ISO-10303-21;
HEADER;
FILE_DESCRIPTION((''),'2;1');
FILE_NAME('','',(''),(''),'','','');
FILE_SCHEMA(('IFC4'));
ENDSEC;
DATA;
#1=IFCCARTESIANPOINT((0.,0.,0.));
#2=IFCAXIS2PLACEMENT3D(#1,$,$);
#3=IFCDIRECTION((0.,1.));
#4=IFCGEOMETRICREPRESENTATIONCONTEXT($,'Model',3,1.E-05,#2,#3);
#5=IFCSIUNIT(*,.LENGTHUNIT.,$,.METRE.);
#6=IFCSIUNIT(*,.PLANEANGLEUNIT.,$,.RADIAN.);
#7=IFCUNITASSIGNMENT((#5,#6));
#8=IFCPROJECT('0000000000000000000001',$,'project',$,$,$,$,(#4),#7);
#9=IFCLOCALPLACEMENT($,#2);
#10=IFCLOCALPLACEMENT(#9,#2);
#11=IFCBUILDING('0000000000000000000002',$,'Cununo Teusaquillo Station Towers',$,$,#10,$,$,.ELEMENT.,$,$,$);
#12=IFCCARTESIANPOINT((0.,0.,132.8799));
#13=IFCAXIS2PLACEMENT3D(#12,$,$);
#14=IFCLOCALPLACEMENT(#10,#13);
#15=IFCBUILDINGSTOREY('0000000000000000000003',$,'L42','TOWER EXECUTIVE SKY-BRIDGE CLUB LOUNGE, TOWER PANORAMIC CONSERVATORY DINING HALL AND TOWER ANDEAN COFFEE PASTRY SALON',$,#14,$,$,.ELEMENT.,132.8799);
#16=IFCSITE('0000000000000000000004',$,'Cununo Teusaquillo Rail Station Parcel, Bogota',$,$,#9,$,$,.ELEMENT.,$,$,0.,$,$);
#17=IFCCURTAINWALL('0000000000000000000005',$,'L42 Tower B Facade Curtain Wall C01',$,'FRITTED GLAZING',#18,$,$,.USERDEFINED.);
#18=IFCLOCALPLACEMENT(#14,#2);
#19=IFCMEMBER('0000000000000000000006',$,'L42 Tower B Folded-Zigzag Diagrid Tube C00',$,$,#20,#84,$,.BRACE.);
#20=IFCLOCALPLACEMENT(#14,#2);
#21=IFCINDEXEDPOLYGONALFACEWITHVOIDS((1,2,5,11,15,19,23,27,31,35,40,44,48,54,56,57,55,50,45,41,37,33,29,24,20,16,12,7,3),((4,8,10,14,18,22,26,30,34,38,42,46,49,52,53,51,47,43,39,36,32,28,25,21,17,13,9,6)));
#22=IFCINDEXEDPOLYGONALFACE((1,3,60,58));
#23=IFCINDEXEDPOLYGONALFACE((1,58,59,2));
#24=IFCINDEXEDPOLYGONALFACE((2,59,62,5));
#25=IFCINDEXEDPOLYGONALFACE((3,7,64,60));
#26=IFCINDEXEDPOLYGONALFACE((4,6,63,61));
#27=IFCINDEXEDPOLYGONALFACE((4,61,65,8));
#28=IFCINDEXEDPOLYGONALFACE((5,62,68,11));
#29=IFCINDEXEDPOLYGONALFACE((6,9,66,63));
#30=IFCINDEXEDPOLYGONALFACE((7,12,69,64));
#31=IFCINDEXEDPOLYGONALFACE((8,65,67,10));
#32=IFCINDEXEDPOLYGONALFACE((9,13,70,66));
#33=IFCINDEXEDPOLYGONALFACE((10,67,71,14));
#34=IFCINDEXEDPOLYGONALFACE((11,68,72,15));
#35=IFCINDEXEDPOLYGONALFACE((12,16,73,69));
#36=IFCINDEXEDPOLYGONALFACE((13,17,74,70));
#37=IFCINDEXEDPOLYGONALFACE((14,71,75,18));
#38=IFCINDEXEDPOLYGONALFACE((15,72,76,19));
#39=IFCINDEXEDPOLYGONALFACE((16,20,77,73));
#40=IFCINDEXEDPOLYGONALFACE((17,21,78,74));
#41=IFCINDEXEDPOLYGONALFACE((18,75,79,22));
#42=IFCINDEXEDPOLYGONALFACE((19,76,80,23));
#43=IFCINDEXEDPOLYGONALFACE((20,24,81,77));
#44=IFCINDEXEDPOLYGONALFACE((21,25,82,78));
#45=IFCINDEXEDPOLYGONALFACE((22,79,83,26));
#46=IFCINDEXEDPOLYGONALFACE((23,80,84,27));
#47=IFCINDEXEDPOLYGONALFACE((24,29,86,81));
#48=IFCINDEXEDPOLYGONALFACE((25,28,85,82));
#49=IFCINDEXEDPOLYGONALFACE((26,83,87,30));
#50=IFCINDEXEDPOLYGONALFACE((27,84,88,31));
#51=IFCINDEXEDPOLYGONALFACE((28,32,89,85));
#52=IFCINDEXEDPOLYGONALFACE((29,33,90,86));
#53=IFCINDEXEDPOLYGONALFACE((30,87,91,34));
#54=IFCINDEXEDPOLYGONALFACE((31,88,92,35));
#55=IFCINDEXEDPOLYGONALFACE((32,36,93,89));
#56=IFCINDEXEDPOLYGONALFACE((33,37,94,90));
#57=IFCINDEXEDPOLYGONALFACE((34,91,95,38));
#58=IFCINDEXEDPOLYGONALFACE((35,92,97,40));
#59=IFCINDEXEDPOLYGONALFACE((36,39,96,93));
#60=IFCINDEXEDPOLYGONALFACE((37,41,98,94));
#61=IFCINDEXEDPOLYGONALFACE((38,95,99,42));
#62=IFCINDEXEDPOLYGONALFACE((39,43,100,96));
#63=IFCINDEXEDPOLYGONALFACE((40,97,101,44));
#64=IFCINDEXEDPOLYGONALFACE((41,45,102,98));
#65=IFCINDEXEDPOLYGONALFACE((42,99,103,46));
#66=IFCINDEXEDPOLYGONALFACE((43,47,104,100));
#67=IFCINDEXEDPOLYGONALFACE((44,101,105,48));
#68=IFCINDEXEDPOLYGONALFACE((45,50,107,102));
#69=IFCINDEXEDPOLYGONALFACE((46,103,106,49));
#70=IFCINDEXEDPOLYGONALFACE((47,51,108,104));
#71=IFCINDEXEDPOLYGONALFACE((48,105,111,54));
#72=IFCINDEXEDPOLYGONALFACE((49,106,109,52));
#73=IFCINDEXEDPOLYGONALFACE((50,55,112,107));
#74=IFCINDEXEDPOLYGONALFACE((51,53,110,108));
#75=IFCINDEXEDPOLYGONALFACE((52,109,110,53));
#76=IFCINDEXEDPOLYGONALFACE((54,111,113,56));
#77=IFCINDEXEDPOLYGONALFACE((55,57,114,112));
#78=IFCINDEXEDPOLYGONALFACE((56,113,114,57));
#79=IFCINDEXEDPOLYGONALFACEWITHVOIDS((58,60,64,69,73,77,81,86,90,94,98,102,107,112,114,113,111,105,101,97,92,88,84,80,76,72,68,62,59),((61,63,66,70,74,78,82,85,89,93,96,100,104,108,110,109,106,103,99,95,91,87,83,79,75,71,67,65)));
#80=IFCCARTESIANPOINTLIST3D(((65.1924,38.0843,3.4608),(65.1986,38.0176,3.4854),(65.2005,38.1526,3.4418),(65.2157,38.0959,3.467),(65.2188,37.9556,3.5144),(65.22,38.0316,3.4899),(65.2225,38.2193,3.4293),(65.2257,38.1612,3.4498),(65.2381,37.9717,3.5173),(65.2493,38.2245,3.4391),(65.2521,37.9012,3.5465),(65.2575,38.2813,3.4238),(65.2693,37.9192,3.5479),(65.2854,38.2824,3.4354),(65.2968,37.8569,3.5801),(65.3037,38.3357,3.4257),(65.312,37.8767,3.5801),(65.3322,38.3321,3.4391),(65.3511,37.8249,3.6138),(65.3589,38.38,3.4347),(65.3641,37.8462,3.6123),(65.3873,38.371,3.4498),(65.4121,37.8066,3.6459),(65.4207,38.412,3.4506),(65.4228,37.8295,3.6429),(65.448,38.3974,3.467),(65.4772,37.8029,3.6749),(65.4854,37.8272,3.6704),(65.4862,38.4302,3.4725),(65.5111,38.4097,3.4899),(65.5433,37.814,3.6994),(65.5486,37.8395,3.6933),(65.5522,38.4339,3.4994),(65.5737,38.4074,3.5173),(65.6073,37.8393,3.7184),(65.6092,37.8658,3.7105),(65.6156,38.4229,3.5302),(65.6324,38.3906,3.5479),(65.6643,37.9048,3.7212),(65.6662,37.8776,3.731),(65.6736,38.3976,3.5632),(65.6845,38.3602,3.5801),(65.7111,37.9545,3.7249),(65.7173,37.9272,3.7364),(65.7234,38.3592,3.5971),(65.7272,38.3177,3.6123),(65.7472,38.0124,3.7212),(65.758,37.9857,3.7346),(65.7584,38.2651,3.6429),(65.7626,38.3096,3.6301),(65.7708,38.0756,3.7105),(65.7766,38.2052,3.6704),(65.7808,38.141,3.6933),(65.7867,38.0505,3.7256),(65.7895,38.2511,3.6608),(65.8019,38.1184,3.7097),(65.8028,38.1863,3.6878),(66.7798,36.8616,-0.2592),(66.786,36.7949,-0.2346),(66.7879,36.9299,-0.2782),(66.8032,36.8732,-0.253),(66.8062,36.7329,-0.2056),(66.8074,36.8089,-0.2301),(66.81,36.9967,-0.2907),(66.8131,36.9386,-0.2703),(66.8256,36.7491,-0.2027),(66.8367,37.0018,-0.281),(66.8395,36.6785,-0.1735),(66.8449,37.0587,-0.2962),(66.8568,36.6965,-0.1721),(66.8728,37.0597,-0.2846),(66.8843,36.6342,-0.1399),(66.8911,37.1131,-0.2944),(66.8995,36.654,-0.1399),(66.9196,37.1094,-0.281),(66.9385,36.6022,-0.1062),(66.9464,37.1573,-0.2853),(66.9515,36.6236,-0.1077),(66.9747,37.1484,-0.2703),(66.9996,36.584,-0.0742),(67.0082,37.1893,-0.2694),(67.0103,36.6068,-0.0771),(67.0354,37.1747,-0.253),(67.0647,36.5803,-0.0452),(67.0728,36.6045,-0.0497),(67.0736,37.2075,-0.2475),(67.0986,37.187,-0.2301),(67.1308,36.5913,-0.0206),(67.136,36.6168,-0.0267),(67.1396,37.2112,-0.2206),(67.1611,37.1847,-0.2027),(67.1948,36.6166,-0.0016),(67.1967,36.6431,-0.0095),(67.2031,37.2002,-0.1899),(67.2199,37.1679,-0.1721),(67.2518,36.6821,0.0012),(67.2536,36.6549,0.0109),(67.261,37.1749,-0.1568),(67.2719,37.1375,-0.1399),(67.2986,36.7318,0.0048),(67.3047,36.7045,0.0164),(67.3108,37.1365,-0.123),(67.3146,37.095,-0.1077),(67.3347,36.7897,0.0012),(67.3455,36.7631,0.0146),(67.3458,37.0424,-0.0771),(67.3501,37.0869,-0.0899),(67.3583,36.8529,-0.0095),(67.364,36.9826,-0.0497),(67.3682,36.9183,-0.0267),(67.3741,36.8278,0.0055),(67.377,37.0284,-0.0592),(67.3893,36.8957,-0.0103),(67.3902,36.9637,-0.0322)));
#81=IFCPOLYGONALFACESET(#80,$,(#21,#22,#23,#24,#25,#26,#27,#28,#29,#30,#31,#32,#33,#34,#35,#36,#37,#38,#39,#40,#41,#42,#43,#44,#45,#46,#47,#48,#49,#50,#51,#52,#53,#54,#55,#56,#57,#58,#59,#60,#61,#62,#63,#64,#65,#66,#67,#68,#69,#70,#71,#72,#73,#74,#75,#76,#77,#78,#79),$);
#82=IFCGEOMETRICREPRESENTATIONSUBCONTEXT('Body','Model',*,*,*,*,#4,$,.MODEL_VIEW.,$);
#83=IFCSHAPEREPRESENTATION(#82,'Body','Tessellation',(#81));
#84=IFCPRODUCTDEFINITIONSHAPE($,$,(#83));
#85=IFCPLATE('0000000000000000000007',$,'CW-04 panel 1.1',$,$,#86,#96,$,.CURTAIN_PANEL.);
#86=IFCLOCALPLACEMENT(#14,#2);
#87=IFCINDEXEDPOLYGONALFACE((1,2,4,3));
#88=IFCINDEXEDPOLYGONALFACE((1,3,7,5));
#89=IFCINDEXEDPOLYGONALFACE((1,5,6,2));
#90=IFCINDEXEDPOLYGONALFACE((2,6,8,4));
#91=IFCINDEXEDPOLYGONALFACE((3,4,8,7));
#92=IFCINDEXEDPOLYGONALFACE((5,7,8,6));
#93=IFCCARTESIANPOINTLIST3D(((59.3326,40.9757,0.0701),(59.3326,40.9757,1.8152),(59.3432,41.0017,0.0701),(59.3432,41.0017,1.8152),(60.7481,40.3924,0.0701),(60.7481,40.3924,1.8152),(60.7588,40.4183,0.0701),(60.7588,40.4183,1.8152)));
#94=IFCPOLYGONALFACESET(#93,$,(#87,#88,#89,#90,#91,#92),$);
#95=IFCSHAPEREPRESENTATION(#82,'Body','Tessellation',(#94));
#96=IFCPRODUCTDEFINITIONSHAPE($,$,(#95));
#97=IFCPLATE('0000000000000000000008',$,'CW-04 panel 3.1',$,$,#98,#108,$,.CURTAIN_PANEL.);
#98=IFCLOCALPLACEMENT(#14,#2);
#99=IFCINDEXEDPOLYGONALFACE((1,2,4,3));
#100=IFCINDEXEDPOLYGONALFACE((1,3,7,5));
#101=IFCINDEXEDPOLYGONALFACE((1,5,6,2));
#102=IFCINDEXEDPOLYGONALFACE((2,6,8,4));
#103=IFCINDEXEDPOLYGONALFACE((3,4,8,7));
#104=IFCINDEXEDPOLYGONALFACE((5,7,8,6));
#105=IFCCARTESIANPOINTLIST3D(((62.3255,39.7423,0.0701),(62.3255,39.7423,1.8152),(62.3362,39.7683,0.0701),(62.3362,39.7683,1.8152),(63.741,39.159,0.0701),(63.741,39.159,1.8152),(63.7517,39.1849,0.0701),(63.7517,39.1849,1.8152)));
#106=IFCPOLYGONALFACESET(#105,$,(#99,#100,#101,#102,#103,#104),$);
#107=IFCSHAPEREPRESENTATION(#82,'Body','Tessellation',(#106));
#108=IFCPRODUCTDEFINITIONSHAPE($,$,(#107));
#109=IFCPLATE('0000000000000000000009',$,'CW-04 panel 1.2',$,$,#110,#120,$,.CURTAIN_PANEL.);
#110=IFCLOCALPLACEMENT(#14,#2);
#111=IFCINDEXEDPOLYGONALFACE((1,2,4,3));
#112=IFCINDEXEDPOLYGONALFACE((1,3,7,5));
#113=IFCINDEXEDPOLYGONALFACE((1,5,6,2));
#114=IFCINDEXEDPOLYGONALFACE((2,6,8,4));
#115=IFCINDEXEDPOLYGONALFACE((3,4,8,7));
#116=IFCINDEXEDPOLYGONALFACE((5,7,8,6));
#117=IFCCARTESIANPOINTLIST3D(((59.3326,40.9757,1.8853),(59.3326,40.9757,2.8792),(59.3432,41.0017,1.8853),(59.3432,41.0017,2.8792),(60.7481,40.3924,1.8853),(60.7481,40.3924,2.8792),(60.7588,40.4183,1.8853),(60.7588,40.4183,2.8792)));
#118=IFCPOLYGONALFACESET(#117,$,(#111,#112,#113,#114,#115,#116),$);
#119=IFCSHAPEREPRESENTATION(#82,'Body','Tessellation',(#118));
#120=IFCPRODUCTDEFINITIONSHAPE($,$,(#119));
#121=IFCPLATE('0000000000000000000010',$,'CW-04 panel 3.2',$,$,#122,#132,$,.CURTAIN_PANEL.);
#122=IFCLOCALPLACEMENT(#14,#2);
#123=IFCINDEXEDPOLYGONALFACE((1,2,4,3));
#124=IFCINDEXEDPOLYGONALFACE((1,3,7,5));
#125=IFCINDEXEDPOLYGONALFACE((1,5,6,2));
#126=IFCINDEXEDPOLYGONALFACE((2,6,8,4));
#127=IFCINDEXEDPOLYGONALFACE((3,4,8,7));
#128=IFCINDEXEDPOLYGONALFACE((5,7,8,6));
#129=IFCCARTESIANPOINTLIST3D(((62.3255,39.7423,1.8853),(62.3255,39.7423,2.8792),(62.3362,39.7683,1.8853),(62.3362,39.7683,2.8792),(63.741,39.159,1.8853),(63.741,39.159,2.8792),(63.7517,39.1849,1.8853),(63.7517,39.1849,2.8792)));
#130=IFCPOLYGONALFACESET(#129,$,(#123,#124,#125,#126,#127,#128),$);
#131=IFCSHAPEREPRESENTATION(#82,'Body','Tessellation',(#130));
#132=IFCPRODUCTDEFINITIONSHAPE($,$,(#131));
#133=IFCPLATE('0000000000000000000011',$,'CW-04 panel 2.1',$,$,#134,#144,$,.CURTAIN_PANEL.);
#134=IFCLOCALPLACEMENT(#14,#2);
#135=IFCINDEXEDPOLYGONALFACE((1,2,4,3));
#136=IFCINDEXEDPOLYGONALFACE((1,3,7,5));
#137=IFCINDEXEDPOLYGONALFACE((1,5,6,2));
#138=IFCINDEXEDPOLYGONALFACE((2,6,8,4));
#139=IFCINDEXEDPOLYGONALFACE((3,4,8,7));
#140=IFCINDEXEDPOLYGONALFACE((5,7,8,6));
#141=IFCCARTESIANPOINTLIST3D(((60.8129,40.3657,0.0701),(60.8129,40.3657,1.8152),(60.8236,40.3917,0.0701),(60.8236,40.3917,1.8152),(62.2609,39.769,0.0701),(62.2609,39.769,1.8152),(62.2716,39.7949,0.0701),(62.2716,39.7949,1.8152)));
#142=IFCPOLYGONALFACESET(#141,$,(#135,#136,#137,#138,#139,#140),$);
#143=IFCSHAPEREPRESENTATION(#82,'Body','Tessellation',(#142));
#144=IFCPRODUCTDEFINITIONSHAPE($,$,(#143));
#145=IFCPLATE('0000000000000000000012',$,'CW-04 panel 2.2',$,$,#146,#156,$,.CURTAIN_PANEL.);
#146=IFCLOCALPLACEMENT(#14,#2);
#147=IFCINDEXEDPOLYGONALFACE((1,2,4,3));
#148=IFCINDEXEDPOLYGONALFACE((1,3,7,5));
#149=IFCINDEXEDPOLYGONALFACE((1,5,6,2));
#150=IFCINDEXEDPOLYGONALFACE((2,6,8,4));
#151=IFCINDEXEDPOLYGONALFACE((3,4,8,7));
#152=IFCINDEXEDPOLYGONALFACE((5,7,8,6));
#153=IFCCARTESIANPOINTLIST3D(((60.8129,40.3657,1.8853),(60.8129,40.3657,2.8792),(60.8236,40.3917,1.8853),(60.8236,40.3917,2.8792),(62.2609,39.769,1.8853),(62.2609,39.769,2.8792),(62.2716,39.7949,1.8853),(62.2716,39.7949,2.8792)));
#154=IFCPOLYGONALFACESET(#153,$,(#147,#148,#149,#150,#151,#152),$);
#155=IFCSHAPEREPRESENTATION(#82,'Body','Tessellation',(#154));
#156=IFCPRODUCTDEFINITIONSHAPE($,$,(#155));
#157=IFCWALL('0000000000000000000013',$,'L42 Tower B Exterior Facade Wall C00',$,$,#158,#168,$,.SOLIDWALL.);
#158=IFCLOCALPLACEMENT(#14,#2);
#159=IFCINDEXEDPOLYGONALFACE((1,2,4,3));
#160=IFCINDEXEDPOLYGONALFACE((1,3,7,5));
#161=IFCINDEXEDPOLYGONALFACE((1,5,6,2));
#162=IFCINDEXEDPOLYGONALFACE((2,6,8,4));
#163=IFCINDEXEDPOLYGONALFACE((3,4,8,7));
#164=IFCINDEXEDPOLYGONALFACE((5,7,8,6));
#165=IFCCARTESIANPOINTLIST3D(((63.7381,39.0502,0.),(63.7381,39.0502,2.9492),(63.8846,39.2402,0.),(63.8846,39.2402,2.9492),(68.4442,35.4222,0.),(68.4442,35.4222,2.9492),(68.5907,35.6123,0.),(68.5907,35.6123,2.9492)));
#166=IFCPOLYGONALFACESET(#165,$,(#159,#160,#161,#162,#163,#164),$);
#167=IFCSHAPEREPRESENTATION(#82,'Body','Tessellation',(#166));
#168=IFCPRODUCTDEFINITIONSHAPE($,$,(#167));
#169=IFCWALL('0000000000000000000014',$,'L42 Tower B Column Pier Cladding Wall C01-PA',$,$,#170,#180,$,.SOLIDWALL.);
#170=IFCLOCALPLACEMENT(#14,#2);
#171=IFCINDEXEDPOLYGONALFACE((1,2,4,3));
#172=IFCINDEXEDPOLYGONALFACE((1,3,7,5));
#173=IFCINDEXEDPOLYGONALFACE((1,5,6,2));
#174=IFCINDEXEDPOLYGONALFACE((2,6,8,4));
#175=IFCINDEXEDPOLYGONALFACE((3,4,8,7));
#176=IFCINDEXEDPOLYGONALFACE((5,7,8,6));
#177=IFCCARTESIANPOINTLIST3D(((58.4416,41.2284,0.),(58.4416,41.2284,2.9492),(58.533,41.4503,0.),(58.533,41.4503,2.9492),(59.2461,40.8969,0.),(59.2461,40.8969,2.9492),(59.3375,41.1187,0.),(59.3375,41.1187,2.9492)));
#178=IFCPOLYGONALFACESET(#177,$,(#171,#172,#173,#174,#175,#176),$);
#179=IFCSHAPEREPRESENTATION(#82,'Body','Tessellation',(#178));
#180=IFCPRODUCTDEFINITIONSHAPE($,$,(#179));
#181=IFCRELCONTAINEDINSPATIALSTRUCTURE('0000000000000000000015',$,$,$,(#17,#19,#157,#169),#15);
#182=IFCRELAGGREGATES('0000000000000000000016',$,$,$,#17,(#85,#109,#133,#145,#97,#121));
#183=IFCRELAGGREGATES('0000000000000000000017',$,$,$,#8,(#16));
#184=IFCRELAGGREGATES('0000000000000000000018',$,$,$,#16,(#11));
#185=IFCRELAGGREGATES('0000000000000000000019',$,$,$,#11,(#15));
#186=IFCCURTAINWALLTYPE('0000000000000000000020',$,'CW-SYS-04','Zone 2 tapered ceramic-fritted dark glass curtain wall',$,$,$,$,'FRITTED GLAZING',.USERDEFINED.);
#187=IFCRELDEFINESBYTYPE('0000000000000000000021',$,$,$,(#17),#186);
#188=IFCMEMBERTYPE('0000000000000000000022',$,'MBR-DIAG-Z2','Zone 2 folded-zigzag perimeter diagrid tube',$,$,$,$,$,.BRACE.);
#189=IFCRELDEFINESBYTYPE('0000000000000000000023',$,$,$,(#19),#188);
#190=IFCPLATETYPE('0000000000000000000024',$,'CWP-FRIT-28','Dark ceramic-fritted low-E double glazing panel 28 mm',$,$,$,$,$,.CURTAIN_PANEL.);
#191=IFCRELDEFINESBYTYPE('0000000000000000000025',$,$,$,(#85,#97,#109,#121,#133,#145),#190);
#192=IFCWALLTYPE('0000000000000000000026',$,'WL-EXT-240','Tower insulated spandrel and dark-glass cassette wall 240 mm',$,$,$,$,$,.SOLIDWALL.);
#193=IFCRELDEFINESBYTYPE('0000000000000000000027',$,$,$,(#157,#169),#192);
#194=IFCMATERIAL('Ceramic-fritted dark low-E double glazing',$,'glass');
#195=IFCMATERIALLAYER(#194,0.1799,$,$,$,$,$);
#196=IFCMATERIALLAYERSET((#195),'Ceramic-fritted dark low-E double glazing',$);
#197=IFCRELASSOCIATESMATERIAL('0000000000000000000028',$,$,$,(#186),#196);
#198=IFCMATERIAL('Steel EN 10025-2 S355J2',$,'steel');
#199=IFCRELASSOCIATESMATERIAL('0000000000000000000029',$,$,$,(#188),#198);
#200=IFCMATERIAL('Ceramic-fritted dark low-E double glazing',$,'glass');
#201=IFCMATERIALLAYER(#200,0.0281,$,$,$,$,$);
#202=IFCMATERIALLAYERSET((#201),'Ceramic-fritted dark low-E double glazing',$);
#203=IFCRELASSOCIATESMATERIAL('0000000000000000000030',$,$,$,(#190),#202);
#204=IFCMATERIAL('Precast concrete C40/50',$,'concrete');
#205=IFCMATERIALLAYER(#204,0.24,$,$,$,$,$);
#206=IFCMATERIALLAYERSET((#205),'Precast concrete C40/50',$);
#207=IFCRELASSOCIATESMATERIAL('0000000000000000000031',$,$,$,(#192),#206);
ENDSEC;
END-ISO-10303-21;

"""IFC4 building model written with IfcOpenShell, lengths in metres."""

from ifc_helpers import new_model, si_unit, direction, frame, frame_2d, origin, origin_2d, place, context, subcontext, project, spatial, rectangle, hollow_circle, extrude, source, transform, mapped, material, layer, layer_set, material_profile, profile_set, type_object, element, aggregate, save


model = new_model("IFC4")

# Units and contexts
model_context = context("Model", 3, precision=1e-05, world=origin(), true_north=direction((0.0, 1.0)))
body_context = subcontext(model_context, "Body", "Model", "MODEL_VIEW")
ifc_project = project(units=[si_unit("LENGTHUNIT", "METRE"), si_unit("PLANEANGLEUNIT", "RADIAN")], contexts=[model_context])

# Site, building, storey
site_placement = place(None, origin())
site = spatial("IfcSite", under=ifc_project, at=site_placement, Name="Cununo Teusaquillo Rail Station Parcel, Bogota", CompositionType="ELEMENT", RefElevation=0.0)
building_placement = place(site_placement, origin())
building = spatial("IfcBuilding", under=site, at=building_placement, Name="Cununo Teusaquillo Station Towers", CompositionType="ELEMENT")
storey_placement = place(building_placement, frame((0.0, 0.0, 132.8799)))
storey = spatial("IfcBuildingStorey", under=building, at=storey_placement, Name="L42", Description="TOWER EXECUTIVE SKY-BRIDGE CLUB LOUNGE, TOWER PANORAMIC CONSERVATORY DINING HALL AND TOWER ANDEAN COFFEE PASTRY SALON", CompositionType="ELEMENT", Elevation=132.8799)

# Curtain wall
ifc_material_1 = material(Name="Ceramic-fritted dark low-E double glazing", Category="glass")
ifc_layer_1 = layer(ifc_material_1, 0.1799)
ifc_layer_set_1 = layer_set([ifc_layer_1], Name="Ceramic-fritted dark low-E double glazing")
curtain_wall_type = type_object("IfcCurtainWallType", Name="CW-SYS-04", Description="Zone 2 tapered ceramic-fritted dark glass curtain wall", ElementType="FRITTED GLAZING", PredefinedType="USERDEFINED", material=ifc_layer_set_1)
curtain_wall_placement = place(storey_placement, origin())
curtain_wall = element("IfcCurtainWall", 1, at=curtain_wall_placement, inside=storey, type_object=curtain_wall_type, Name="L42 Tower B Facade Curtain Wall C01", ObjectType="FRITTED GLAZING", PredefinedType="USERDEFINED")

# Member
ifc_material_2 = material(Name="Steel EN 10025-2 S355J2", Category="steel")
ifc_material_profile_1 = material_profile(ifc_material_2, hollow_circle(Radius=0.3301, WallThickness=0.0249, at=origin_2d()), Name="CHS 660x25")
ifc_profile_set_1 = profile_set([ifc_material_profile_1], Name="Steel EN 10025-2 S355J2")
member_type_1 = type_object("IfcMemberType", Name="MBR-DIAG-Z2", Description="Zone 2 folded-zigzag perimeter diagrid tube", PredefinedType="BRACE", material=ifc_profile_set_1)
member_1_placement = place(storey_placement, frame((67.0857, 36.8958, -0.1399), z_axis=(-0.375692, 0.289368, 0.88041), x_axis=(-0.610205, -0.792243, 0.0)))
element("IfcMember", 2, at=member_1_placement, inside=storey, type_object=member_type_1, Name="L42 Tower B Folded-Zigzag Diagrid Tube C00", PredefinedType="BRACE", context=body_context, shape_type="SweptSolid", body=[
    extrude(hollow_circle(Radius=0.3301, WallThickness=0.0249, at=origin_2d()), origin(), (0.0, 0.0, 1.0), 4.2253),
])

# Plates
ifc_material_3 = material(Name="Ceramic-fritted dark low-E double glazing", Category="glass")
ifc_layer_2 = layer(ifc_material_3, 0.0281)
ifc_layer_set_2 = layer_set([ifc_layer_2], Name="Ceramic-fritted dark low-E double glazing")
plate_type = type_object("IfcPlateType", Name="CWP-FRIT-28", Description="Dark ceramic-fritted low-E double glazing panel 28 mm", PredefinedType="CURTAIN_PANEL", material=ifc_layer_set_2)
shared_shape_1 = source(origin(), body_context, "Body", "SweptSolid", [
    extrude(rectangle(XDim=1.531, YDim=0.0281, at=origin_2d()), origin(), (0.0, 0.0, 1.0), 1.7451),
])
plate_1_placement = place(storey_placement, frame((60.0457, 40.697, 0.0701), z_axis=(0.0, 0.0, 1.0), x_axis=(0.924562, -0.381031, 0.0)))
plate_1 = element("IfcPlate", 3, at=plate_1_placement, type_object=plate_type, Name="CW-04 panel 1.1", PredefinedType="CURTAIN_PANEL", context=body_context, shape_type="MappedRepresentation", body=[
    mapped(shared_shape_1, transform((0.0, 0.0, 0.0), x_axis=(1.0, 0.0, 0.0), y_axis=(0.0, 1.0, 0.0), z_axis=(0.0, 0.0, 1.0), scale=1.0)),
])
plate_2_placement = place(storey_placement, frame((63.0386, 39.4636, 0.0701), z_axis=(0.0, 0.0, 1.0), x_axis=(0.924562, -0.381031, 0.0)))
plate_2 = element("IfcPlate", 4, at=plate_2_placement, type_object=plate_type, Name="CW-04 panel 3.1", PredefinedType="CURTAIN_PANEL", context=body_context, shape_type="MappedRepresentation", body=[
    mapped(shared_shape_1, transform((0.0, 0.0, 0.0), x_axis=(1.0, 0.0, 0.0), y_axis=(0.0, 1.0, 0.0), z_axis=(0.0, 0.0, 1.0), scale=1.0)),
])
shared_shape_2 = source(origin(), body_context, "Body", "SweptSolid", [
    extrude(rectangle(XDim=1.531, YDim=0.0281, at=origin_2d()), origin(), (0.0, 0.0, 1.0), 0.9939),
])
plate_3_placement = place(storey_placement, frame((60.0457, 40.697, 1.8853), z_axis=(0.0, 0.0, 1.0), x_axis=(0.924562, -0.381031, 0.0)))
plate_3 = element("IfcPlate", 5, at=plate_3_placement, type_object=plate_type, Name="CW-04 panel 1.2", PredefinedType="CURTAIN_PANEL", context=body_context, shape_type="MappedRepresentation", body=[
    mapped(shared_shape_2, transform((0.0, 0.0, 0.0), x_axis=(1.0, 0.0, 0.0), y_axis=(0.0, 1.0, 0.0), z_axis=(0.0, 0.0, 1.0), scale=1.0)),
])
plate_4_placement = place(storey_placement, frame((63.0386, 39.4636, 1.8853), z_axis=(0.0, 0.0, 1.0), x_axis=(0.924562, -0.381031, 0.0)))
plate_4 = element("IfcPlate", 6, at=plate_4_placement, type_object=plate_type, Name="CW-04 panel 3.2", PredefinedType="CURTAIN_PANEL", context=body_context, shape_type="MappedRepresentation", body=[
    mapped(shared_shape_2, transform((0.0, 0.0, 0.0), x_axis=(1.0, 0.0, 0.0), y_axis=(0.0, 1.0, 0.0), z_axis=(0.0, 0.0, 1.0), scale=1.0)),
])
shared_shape_3 = source(origin(), body_context, "Body", "SweptSolid", [
    extrude(rectangle(XDim=1.5662, YDim=0.0281, at=origin_2d()), origin(), (0.0, 0.0, 1.0), 1.7451),
])
plate_5_placement = place(storey_placement, frame((61.5422, 40.0803, 0.0701), z_axis=(0.0, 0.0, 1.0), x_axis=(0.924562, -0.381031, 0.0)))
plate_5 = element("IfcPlate", 7, at=plate_5_placement, type_object=plate_type, Name="CW-04 panel 2.1", PredefinedType="CURTAIN_PANEL", context=body_context, shape_type="MappedRepresentation", body=[
    mapped(shared_shape_3, transform((0.0, 0.0, 0.0), x_axis=(1.0, 0.0, 0.0), y_axis=(0.0, 1.0, 0.0), z_axis=(0.0, 0.0, 1.0), scale=1.0)),
])
shared_shape_4 = source(origin(), body_context, "Body", "SweptSolid", [
    extrude(rectangle(XDim=1.5662, YDim=0.0281, at=origin_2d()), origin(), (0.0, 0.0, 1.0), 0.9939),
])
plate_6_placement = place(storey_placement, frame((61.5422, 40.0803, 1.8853), z_axis=(0.0, 0.0, 1.0), x_axis=(0.924562, -0.381031, 0.0)))
plate_6 = element("IfcPlate", 8, at=plate_6_placement, type_object=plate_type, Name="CW-04 panel 2.2", PredefinedType="CURTAIN_PANEL", context=body_context, shape_type="MappedRepresentation", body=[
    mapped(shared_shape_4, transform((0.0, 0.0, 0.0), x_axis=(1.0, 0.0, 0.0), y_axis=(0.0, 1.0, 0.0), z_axis=(0.0, 0.0, 1.0), scale=1.0)),
])
aggregate(curtain_wall, [plate_1, plate_3, plate_5, plate_6, plate_2, plate_4])

# Walls
ifc_material_4 = material(Name="Precast concrete C40/50", Category="concrete")
ifc_layer_3 = layer(ifc_material_4, 0.24)
ifc_layer_set_3 = layer_set([ifc_layer_3], Name="Precast concrete C40/50")
wall_type = type_object("IfcWallType", Name="WL-EXT-240", Description="Tower insulated spandrel and dark-glass cassette wall 240 mm", PredefinedType="SOLIDWALL", material=ifc_layer_set_3)
wall_1_placement = place(storey_placement, frame((63.8113, 39.1453, 0.0), z_axis=(0.0, 0.0, 1.0), x_axis=(0.791982, -0.610544, 0.0)))
element("IfcWall", 9, at=wall_1_placement, inside=storey, type_object=wall_type, Name="L42 Tower B Exterior Facade Wall C00", PredefinedType="SOLIDWALL", context=body_context, shape_type="SweptSolid", body=[
    extrude(rectangle(XDim=5.9421, YDim=0.24, at=frame_2d((2.9712, 0.0))), origin(), (0.0, 0.0, 1.0), 2.9492),
])
wall_2_placement = place(storey_placement, frame((58.4873, 41.3394, 0.0), z_axis=(0.0, 0.0, 1.0), x_axis=(0.924556, -0.381046, 0.0)))
element("IfcWall", 10, at=wall_2_placement, inside=storey, type_object=wall_type, Name="L42 Tower B Column Pier Cladding Wall C01-PA", PredefinedType="SOLIDWALL", context=body_context, shape_type="SweptSolid", body=[
    extrude(rectangle(XDim=0.8701, YDim=0.24, at=frame_2d((0.4351, 0.0))), origin(), (0.0, 0.0, 1.0), 2.9492),
])

save(model, "model.ifc")
